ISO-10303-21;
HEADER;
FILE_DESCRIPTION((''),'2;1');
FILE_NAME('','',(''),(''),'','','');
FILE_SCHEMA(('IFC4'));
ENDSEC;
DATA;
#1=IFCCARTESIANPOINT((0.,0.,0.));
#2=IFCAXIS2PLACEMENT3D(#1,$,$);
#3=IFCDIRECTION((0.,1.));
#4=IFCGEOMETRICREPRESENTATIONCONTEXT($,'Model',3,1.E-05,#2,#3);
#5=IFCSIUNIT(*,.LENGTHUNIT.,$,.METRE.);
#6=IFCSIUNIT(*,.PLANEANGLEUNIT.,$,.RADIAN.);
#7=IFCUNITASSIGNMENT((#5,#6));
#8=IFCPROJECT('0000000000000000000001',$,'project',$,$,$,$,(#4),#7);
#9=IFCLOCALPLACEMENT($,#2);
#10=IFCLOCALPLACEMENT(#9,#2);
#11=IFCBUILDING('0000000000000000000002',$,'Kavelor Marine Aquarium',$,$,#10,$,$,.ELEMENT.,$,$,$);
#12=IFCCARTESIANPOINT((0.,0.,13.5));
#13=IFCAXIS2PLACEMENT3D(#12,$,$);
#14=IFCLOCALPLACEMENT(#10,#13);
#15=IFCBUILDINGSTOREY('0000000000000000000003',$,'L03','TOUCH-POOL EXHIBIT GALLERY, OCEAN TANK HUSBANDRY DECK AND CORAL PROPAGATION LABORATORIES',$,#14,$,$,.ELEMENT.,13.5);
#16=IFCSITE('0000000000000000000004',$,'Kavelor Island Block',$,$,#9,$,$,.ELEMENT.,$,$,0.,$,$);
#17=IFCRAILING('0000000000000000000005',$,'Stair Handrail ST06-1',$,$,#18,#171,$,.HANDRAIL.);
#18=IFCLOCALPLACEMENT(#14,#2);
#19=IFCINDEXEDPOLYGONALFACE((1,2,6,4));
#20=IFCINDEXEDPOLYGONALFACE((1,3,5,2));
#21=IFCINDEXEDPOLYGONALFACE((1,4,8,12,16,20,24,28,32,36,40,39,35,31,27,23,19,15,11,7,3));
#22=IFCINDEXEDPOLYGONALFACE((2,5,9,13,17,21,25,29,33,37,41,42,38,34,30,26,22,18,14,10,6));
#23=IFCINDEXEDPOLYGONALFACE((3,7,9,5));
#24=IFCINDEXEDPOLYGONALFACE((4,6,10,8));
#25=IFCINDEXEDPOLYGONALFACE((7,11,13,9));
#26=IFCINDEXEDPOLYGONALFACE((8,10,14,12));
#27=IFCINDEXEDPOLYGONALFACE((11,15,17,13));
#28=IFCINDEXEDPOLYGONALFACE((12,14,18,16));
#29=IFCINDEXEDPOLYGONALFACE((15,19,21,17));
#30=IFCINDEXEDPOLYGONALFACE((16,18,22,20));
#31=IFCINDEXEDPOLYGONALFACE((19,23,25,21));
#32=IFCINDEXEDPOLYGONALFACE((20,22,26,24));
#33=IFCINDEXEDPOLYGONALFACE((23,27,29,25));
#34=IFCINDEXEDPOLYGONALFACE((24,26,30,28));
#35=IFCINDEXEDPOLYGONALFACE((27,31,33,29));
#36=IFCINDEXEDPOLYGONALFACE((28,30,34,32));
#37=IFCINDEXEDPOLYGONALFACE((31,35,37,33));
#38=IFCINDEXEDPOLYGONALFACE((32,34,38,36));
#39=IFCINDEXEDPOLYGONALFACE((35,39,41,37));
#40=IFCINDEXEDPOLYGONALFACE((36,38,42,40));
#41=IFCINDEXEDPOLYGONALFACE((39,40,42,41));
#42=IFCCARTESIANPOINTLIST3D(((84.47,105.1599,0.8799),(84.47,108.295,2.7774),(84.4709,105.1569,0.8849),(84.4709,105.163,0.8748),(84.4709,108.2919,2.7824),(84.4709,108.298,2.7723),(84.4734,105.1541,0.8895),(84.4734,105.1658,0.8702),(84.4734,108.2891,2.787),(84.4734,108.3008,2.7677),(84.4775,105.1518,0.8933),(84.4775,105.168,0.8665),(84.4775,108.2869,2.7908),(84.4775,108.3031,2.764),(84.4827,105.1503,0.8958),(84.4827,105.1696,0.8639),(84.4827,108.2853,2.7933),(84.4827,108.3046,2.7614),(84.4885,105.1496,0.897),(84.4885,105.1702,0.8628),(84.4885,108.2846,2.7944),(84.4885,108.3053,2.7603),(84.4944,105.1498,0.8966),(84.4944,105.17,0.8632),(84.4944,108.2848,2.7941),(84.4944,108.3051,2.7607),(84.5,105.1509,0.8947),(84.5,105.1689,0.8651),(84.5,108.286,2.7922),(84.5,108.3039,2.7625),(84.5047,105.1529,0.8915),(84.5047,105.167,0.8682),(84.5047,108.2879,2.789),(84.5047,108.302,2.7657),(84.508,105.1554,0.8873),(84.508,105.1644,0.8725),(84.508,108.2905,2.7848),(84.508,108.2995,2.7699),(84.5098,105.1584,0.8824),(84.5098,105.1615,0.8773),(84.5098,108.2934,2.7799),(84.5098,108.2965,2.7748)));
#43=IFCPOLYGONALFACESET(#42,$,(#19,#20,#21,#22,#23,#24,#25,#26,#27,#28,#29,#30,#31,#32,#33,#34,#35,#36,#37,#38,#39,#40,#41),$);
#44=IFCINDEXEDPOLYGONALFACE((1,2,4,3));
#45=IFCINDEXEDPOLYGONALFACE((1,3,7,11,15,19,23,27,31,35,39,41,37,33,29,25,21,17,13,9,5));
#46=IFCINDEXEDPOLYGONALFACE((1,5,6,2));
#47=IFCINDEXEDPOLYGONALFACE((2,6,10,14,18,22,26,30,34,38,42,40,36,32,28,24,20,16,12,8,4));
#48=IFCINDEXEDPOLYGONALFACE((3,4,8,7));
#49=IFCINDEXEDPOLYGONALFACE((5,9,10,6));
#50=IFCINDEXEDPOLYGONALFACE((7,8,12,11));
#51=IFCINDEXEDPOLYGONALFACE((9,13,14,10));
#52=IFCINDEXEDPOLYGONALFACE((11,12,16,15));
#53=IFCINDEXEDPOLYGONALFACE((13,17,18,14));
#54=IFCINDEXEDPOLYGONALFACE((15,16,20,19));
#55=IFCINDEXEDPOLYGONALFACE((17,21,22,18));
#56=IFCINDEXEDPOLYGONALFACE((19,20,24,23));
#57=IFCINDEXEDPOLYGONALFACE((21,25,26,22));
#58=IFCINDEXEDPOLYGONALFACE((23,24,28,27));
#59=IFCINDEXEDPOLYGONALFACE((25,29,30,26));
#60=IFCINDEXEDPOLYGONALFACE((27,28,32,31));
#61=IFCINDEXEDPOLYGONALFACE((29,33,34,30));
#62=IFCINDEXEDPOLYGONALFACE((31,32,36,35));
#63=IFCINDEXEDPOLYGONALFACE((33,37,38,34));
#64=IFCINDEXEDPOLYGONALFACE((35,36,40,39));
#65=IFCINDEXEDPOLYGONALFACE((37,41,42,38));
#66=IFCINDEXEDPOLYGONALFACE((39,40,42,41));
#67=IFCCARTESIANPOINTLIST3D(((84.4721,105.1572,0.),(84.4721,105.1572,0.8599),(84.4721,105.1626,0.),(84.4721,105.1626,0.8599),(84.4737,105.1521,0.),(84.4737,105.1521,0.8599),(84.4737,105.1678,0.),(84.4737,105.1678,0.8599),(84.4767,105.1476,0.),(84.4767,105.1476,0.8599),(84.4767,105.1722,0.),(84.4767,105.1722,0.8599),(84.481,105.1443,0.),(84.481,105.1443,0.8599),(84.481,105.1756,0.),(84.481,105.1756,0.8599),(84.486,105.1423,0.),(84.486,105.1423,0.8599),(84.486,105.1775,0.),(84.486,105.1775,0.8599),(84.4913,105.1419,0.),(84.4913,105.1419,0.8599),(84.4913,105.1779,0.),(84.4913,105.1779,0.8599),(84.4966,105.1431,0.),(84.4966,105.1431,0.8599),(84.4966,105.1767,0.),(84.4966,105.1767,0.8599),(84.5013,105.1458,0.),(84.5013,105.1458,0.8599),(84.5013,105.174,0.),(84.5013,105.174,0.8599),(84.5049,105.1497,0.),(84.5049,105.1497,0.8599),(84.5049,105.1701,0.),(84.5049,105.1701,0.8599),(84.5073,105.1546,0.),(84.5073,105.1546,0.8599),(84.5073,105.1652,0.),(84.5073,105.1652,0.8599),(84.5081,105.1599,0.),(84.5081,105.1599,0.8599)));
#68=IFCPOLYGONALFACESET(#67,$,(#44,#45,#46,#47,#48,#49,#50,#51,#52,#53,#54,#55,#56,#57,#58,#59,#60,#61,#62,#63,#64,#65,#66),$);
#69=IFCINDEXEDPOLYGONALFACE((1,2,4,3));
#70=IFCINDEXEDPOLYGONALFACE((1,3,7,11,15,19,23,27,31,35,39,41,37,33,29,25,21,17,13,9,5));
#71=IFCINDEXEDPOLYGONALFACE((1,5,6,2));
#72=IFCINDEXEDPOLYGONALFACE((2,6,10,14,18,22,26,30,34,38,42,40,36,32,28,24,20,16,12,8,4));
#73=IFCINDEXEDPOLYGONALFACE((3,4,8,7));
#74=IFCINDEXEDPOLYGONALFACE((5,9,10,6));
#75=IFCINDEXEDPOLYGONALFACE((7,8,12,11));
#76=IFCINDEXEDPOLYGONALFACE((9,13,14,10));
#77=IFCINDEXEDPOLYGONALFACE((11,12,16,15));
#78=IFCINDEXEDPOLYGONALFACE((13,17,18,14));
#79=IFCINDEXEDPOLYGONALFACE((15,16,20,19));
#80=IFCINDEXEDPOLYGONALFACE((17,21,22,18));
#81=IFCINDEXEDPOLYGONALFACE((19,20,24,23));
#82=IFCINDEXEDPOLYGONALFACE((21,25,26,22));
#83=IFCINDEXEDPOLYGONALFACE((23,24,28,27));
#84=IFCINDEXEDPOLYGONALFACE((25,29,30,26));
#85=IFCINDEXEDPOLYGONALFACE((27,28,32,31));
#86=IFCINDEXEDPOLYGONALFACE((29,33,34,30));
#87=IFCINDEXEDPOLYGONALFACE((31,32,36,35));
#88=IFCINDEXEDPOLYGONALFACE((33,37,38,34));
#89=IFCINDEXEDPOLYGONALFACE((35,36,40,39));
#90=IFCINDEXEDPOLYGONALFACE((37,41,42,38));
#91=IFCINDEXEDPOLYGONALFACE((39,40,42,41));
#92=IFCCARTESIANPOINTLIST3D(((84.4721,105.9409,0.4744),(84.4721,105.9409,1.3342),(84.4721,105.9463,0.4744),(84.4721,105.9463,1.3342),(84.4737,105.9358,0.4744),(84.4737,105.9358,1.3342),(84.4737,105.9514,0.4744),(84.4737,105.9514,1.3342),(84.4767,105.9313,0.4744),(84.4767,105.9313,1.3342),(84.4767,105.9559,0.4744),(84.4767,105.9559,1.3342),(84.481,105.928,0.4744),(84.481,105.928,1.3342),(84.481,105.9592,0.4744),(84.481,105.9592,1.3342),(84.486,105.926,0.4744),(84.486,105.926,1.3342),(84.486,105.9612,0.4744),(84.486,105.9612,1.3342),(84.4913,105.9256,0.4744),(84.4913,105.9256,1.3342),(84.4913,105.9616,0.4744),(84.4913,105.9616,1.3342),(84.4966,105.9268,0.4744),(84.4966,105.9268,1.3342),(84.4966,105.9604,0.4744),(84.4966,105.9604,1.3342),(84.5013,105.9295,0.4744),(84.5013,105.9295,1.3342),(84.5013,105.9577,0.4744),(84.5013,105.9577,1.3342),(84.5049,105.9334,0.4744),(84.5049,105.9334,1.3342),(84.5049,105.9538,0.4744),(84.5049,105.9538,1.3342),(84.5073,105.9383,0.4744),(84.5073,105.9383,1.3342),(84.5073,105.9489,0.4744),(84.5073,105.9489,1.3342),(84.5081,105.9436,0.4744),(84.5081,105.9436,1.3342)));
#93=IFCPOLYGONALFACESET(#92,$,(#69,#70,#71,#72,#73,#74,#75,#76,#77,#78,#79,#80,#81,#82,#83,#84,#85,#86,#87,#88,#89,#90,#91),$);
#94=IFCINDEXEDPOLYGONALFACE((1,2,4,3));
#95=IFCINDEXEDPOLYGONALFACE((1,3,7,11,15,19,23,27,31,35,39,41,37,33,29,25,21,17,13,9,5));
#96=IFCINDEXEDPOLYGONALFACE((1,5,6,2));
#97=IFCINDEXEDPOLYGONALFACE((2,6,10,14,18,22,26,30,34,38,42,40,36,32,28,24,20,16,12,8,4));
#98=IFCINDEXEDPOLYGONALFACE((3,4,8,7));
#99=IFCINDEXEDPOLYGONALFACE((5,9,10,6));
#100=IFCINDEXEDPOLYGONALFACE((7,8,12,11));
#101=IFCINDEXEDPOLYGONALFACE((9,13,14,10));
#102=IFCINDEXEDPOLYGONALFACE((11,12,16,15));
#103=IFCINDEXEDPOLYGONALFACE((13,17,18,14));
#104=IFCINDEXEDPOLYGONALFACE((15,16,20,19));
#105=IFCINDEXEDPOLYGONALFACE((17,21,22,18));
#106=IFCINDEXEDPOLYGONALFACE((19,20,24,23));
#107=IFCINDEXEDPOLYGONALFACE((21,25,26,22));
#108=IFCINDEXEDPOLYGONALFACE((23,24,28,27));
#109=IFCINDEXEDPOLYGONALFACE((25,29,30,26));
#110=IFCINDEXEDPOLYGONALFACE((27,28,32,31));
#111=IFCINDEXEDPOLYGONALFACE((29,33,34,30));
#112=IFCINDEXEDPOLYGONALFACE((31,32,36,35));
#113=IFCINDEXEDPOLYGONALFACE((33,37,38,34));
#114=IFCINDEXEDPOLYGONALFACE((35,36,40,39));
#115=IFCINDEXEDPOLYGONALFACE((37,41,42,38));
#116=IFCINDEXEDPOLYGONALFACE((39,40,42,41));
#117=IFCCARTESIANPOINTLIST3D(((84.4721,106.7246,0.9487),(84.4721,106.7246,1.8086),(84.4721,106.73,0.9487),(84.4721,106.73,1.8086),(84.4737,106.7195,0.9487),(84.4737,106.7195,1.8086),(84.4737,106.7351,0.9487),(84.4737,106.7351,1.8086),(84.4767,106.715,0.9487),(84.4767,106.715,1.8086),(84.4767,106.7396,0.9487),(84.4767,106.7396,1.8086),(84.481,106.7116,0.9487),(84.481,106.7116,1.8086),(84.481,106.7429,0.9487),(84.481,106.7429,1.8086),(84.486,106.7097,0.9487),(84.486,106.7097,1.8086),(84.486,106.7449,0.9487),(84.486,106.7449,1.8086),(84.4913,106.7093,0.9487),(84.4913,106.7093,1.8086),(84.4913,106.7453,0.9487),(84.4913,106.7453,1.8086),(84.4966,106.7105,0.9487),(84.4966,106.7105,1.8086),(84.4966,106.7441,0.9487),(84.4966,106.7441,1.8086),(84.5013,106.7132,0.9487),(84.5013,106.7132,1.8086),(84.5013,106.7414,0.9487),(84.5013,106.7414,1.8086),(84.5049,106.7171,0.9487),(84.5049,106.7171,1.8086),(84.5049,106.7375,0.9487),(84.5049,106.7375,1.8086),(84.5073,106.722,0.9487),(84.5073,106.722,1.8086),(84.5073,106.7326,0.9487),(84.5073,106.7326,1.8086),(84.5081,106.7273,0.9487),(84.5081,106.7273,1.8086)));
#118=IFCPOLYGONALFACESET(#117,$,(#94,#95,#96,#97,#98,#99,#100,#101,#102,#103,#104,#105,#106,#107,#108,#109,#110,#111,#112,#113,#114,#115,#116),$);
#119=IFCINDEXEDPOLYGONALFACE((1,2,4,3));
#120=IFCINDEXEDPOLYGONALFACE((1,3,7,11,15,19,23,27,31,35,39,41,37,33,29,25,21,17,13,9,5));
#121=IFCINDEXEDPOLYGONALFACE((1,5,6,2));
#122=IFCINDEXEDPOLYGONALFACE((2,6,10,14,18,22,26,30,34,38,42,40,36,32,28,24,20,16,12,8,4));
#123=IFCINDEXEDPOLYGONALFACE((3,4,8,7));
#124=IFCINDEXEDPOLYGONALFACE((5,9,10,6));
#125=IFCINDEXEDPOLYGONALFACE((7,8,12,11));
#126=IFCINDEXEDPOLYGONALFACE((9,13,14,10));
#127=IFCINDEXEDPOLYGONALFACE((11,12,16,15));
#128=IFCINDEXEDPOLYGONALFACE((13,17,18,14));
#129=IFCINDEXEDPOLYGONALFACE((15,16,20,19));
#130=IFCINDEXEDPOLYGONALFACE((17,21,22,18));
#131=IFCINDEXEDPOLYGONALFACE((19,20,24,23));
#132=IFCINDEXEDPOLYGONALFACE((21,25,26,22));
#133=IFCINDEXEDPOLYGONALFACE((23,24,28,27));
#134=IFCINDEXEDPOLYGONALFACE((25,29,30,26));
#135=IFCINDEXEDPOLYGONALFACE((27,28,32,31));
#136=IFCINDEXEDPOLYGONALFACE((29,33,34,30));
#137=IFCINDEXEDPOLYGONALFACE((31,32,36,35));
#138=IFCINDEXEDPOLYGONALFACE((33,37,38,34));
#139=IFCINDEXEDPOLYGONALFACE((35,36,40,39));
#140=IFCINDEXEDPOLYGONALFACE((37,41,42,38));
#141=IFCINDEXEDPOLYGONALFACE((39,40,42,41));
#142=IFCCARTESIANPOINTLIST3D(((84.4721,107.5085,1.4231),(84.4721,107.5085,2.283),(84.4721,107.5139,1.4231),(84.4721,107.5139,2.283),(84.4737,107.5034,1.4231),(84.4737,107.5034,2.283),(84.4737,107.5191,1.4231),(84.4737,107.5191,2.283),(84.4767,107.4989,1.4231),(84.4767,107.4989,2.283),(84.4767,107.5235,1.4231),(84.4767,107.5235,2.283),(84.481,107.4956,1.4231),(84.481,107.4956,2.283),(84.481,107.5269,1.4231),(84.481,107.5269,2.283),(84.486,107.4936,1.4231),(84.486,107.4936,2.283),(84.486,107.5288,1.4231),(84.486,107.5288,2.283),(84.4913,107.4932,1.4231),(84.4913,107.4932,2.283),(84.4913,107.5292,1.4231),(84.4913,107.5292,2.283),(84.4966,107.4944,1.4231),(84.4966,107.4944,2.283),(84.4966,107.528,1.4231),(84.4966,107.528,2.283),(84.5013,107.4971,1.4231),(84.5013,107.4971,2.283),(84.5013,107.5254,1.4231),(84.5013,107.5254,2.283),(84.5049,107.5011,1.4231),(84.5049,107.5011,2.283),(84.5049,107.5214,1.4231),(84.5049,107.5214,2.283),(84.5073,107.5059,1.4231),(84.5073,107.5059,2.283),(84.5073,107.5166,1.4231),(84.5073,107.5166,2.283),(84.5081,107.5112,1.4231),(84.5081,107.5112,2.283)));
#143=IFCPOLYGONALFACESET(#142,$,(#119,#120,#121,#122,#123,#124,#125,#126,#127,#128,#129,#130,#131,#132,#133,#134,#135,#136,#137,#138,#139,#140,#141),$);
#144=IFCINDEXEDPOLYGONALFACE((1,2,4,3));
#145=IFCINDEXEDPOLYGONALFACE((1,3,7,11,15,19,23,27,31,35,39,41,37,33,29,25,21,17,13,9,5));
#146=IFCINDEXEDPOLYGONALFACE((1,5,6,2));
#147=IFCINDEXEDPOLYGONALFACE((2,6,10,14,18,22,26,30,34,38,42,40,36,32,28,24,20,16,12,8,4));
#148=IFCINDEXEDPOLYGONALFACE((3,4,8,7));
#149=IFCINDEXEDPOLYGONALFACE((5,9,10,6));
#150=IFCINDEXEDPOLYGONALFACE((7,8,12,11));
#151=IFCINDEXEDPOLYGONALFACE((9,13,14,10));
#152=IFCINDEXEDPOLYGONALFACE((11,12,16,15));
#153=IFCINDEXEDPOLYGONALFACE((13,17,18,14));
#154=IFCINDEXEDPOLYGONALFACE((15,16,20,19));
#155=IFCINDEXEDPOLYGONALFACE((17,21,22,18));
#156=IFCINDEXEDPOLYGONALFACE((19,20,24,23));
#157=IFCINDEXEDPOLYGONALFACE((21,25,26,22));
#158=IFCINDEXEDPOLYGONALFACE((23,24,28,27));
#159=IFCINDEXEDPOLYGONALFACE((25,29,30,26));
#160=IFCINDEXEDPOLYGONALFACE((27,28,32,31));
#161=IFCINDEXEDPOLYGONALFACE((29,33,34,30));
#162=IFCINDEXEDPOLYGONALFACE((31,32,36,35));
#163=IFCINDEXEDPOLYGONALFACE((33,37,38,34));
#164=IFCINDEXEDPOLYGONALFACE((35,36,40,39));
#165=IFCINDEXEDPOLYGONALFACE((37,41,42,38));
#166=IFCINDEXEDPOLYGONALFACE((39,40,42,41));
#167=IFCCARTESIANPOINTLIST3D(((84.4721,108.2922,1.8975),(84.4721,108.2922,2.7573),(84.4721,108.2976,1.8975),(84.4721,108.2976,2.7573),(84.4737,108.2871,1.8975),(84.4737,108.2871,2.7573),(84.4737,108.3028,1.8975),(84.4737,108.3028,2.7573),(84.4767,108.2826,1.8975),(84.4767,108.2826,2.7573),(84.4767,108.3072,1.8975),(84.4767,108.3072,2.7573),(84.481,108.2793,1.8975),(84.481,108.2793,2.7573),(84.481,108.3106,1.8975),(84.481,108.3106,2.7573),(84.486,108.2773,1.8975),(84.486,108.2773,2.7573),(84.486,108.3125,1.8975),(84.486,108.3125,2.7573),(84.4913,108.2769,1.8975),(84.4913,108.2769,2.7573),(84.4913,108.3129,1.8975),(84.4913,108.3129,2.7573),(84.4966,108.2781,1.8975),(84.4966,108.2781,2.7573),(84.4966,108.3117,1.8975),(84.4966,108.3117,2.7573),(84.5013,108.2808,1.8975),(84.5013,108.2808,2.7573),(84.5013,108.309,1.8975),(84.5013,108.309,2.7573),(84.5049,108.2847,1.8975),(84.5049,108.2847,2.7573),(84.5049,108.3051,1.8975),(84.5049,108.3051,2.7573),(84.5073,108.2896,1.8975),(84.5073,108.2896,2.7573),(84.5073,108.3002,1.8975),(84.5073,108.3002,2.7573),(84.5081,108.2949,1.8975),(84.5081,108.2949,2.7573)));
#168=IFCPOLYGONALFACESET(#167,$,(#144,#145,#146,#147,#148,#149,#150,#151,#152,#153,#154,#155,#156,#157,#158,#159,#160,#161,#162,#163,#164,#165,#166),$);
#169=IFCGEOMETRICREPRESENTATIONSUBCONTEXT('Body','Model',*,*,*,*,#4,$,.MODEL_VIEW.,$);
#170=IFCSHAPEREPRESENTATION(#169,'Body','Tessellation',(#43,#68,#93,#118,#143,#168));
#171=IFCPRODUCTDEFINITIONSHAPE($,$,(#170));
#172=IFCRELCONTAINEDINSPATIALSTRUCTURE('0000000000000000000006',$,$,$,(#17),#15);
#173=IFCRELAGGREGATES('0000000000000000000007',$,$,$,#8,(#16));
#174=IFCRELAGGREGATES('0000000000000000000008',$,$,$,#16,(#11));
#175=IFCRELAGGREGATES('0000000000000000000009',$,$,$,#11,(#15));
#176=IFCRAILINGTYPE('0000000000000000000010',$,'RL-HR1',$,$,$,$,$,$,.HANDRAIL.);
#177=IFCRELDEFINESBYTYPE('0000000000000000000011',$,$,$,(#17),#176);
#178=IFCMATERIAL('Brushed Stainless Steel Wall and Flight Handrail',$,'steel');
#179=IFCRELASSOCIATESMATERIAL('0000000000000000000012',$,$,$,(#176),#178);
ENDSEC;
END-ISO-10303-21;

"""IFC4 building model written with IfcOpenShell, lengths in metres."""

from ifc_helpers import new_model, si_unit, direction, frame, origin, origin_2d, place, context, subcontext, project, spatial, circle, extrude, material, type_object, element, save


model = new_model("IFC4")

# Units and contexts
model_context = context("Model", 3, precision=1e-05, world=origin(), true_north=direction((0.0, 1.0)))
body_context = subcontext(model_context, "Body", "Model", "MODEL_VIEW")
ifc_project = project(units=[si_unit("LENGTHUNIT", "METRE"), si_unit("PLANEANGLEUNIT", "RADIAN")], contexts=[model_context])

# Site, building, storey
site_placement = place(None, origin())
site = spatial("IfcSite", under=ifc_project, at=site_placement, Name="Kavelor Island Block", CompositionType="ELEMENT", RefElevation=0.0)
building_placement = place(site_placement, origin())
building = spatial("IfcBuilding", under=site, at=building_placement, Name="Kavelor Marine Aquarium", CompositionType="ELEMENT")
storey_placement = place(building_placement, frame((0.0, 0.0, 13.5)))
storey = spatial("IfcBuildingStorey", under=building, at=storey_placement, Name="L03", Description="TOUCH-POOL EXHIBIT GALLERY, OCEAN TANK HUSBANDRY DECK AND CORAL PROPAGATION LABORATORIES", CompositionType="ELEMENT", Elevation=13.5)

# Railing
ifc_material_1 = material(Name="Brushed Stainless Steel Wall and Flight Handrail", Category="steel")
railing_type_1 = type_object("IfcRailingType", Name="RL-HR1", PredefinedType="HANDRAIL", material=ifc_material_1)
railing_1_placement = place(storey_placement, frame((84.49, 105.1599, 0.0)))
element("IfcRailing", 1, at=railing_1_placement, inside=storey, type_object=railing_type_1, Name="Stair Handrail ST06-1", PredefinedType="HANDRAIL", context=body_context, shape_type="SweptSolid", body=[
    extrude(circle(Radius=0.02, at=origin_2d()), frame((0.0, 0.0, 0.8799), z_axis=(0.0, 0.855506, 0.517794), x_axis=(-1.0, 0.0, 0.0)), (0.0, 0.0, 1.0), 3.6646),
    extrude(circle(Radius=0.0181, at=origin_2d()), origin(), (0.0, 0.0, 1.0), 0.8599),
    extrude(circle(Radius=0.0181, at=origin_2d()), frame((0.0, 0.7837, 0.4744)), (0.0, 0.0, 1.0), 0.8599),
    extrude(circle(Radius=0.0181, at=origin_2d()), frame((0.0, 1.5674, 0.9487)), (0.0, 0.0, 1.0), 0.8599),
    extrude(circle(Radius=0.0181, at=origin_2d()), frame((0.0, 2.3513, 1.4231)), (0.0, 0.0, 1.0), 0.8599),
    extrude(circle(Radius=0.0181, at=origin_2d()), frame((0.0, 3.135, 1.8975)), (0.0, 0.0, 1.0), 0.8599),
])

save(model, "model.ifc")
